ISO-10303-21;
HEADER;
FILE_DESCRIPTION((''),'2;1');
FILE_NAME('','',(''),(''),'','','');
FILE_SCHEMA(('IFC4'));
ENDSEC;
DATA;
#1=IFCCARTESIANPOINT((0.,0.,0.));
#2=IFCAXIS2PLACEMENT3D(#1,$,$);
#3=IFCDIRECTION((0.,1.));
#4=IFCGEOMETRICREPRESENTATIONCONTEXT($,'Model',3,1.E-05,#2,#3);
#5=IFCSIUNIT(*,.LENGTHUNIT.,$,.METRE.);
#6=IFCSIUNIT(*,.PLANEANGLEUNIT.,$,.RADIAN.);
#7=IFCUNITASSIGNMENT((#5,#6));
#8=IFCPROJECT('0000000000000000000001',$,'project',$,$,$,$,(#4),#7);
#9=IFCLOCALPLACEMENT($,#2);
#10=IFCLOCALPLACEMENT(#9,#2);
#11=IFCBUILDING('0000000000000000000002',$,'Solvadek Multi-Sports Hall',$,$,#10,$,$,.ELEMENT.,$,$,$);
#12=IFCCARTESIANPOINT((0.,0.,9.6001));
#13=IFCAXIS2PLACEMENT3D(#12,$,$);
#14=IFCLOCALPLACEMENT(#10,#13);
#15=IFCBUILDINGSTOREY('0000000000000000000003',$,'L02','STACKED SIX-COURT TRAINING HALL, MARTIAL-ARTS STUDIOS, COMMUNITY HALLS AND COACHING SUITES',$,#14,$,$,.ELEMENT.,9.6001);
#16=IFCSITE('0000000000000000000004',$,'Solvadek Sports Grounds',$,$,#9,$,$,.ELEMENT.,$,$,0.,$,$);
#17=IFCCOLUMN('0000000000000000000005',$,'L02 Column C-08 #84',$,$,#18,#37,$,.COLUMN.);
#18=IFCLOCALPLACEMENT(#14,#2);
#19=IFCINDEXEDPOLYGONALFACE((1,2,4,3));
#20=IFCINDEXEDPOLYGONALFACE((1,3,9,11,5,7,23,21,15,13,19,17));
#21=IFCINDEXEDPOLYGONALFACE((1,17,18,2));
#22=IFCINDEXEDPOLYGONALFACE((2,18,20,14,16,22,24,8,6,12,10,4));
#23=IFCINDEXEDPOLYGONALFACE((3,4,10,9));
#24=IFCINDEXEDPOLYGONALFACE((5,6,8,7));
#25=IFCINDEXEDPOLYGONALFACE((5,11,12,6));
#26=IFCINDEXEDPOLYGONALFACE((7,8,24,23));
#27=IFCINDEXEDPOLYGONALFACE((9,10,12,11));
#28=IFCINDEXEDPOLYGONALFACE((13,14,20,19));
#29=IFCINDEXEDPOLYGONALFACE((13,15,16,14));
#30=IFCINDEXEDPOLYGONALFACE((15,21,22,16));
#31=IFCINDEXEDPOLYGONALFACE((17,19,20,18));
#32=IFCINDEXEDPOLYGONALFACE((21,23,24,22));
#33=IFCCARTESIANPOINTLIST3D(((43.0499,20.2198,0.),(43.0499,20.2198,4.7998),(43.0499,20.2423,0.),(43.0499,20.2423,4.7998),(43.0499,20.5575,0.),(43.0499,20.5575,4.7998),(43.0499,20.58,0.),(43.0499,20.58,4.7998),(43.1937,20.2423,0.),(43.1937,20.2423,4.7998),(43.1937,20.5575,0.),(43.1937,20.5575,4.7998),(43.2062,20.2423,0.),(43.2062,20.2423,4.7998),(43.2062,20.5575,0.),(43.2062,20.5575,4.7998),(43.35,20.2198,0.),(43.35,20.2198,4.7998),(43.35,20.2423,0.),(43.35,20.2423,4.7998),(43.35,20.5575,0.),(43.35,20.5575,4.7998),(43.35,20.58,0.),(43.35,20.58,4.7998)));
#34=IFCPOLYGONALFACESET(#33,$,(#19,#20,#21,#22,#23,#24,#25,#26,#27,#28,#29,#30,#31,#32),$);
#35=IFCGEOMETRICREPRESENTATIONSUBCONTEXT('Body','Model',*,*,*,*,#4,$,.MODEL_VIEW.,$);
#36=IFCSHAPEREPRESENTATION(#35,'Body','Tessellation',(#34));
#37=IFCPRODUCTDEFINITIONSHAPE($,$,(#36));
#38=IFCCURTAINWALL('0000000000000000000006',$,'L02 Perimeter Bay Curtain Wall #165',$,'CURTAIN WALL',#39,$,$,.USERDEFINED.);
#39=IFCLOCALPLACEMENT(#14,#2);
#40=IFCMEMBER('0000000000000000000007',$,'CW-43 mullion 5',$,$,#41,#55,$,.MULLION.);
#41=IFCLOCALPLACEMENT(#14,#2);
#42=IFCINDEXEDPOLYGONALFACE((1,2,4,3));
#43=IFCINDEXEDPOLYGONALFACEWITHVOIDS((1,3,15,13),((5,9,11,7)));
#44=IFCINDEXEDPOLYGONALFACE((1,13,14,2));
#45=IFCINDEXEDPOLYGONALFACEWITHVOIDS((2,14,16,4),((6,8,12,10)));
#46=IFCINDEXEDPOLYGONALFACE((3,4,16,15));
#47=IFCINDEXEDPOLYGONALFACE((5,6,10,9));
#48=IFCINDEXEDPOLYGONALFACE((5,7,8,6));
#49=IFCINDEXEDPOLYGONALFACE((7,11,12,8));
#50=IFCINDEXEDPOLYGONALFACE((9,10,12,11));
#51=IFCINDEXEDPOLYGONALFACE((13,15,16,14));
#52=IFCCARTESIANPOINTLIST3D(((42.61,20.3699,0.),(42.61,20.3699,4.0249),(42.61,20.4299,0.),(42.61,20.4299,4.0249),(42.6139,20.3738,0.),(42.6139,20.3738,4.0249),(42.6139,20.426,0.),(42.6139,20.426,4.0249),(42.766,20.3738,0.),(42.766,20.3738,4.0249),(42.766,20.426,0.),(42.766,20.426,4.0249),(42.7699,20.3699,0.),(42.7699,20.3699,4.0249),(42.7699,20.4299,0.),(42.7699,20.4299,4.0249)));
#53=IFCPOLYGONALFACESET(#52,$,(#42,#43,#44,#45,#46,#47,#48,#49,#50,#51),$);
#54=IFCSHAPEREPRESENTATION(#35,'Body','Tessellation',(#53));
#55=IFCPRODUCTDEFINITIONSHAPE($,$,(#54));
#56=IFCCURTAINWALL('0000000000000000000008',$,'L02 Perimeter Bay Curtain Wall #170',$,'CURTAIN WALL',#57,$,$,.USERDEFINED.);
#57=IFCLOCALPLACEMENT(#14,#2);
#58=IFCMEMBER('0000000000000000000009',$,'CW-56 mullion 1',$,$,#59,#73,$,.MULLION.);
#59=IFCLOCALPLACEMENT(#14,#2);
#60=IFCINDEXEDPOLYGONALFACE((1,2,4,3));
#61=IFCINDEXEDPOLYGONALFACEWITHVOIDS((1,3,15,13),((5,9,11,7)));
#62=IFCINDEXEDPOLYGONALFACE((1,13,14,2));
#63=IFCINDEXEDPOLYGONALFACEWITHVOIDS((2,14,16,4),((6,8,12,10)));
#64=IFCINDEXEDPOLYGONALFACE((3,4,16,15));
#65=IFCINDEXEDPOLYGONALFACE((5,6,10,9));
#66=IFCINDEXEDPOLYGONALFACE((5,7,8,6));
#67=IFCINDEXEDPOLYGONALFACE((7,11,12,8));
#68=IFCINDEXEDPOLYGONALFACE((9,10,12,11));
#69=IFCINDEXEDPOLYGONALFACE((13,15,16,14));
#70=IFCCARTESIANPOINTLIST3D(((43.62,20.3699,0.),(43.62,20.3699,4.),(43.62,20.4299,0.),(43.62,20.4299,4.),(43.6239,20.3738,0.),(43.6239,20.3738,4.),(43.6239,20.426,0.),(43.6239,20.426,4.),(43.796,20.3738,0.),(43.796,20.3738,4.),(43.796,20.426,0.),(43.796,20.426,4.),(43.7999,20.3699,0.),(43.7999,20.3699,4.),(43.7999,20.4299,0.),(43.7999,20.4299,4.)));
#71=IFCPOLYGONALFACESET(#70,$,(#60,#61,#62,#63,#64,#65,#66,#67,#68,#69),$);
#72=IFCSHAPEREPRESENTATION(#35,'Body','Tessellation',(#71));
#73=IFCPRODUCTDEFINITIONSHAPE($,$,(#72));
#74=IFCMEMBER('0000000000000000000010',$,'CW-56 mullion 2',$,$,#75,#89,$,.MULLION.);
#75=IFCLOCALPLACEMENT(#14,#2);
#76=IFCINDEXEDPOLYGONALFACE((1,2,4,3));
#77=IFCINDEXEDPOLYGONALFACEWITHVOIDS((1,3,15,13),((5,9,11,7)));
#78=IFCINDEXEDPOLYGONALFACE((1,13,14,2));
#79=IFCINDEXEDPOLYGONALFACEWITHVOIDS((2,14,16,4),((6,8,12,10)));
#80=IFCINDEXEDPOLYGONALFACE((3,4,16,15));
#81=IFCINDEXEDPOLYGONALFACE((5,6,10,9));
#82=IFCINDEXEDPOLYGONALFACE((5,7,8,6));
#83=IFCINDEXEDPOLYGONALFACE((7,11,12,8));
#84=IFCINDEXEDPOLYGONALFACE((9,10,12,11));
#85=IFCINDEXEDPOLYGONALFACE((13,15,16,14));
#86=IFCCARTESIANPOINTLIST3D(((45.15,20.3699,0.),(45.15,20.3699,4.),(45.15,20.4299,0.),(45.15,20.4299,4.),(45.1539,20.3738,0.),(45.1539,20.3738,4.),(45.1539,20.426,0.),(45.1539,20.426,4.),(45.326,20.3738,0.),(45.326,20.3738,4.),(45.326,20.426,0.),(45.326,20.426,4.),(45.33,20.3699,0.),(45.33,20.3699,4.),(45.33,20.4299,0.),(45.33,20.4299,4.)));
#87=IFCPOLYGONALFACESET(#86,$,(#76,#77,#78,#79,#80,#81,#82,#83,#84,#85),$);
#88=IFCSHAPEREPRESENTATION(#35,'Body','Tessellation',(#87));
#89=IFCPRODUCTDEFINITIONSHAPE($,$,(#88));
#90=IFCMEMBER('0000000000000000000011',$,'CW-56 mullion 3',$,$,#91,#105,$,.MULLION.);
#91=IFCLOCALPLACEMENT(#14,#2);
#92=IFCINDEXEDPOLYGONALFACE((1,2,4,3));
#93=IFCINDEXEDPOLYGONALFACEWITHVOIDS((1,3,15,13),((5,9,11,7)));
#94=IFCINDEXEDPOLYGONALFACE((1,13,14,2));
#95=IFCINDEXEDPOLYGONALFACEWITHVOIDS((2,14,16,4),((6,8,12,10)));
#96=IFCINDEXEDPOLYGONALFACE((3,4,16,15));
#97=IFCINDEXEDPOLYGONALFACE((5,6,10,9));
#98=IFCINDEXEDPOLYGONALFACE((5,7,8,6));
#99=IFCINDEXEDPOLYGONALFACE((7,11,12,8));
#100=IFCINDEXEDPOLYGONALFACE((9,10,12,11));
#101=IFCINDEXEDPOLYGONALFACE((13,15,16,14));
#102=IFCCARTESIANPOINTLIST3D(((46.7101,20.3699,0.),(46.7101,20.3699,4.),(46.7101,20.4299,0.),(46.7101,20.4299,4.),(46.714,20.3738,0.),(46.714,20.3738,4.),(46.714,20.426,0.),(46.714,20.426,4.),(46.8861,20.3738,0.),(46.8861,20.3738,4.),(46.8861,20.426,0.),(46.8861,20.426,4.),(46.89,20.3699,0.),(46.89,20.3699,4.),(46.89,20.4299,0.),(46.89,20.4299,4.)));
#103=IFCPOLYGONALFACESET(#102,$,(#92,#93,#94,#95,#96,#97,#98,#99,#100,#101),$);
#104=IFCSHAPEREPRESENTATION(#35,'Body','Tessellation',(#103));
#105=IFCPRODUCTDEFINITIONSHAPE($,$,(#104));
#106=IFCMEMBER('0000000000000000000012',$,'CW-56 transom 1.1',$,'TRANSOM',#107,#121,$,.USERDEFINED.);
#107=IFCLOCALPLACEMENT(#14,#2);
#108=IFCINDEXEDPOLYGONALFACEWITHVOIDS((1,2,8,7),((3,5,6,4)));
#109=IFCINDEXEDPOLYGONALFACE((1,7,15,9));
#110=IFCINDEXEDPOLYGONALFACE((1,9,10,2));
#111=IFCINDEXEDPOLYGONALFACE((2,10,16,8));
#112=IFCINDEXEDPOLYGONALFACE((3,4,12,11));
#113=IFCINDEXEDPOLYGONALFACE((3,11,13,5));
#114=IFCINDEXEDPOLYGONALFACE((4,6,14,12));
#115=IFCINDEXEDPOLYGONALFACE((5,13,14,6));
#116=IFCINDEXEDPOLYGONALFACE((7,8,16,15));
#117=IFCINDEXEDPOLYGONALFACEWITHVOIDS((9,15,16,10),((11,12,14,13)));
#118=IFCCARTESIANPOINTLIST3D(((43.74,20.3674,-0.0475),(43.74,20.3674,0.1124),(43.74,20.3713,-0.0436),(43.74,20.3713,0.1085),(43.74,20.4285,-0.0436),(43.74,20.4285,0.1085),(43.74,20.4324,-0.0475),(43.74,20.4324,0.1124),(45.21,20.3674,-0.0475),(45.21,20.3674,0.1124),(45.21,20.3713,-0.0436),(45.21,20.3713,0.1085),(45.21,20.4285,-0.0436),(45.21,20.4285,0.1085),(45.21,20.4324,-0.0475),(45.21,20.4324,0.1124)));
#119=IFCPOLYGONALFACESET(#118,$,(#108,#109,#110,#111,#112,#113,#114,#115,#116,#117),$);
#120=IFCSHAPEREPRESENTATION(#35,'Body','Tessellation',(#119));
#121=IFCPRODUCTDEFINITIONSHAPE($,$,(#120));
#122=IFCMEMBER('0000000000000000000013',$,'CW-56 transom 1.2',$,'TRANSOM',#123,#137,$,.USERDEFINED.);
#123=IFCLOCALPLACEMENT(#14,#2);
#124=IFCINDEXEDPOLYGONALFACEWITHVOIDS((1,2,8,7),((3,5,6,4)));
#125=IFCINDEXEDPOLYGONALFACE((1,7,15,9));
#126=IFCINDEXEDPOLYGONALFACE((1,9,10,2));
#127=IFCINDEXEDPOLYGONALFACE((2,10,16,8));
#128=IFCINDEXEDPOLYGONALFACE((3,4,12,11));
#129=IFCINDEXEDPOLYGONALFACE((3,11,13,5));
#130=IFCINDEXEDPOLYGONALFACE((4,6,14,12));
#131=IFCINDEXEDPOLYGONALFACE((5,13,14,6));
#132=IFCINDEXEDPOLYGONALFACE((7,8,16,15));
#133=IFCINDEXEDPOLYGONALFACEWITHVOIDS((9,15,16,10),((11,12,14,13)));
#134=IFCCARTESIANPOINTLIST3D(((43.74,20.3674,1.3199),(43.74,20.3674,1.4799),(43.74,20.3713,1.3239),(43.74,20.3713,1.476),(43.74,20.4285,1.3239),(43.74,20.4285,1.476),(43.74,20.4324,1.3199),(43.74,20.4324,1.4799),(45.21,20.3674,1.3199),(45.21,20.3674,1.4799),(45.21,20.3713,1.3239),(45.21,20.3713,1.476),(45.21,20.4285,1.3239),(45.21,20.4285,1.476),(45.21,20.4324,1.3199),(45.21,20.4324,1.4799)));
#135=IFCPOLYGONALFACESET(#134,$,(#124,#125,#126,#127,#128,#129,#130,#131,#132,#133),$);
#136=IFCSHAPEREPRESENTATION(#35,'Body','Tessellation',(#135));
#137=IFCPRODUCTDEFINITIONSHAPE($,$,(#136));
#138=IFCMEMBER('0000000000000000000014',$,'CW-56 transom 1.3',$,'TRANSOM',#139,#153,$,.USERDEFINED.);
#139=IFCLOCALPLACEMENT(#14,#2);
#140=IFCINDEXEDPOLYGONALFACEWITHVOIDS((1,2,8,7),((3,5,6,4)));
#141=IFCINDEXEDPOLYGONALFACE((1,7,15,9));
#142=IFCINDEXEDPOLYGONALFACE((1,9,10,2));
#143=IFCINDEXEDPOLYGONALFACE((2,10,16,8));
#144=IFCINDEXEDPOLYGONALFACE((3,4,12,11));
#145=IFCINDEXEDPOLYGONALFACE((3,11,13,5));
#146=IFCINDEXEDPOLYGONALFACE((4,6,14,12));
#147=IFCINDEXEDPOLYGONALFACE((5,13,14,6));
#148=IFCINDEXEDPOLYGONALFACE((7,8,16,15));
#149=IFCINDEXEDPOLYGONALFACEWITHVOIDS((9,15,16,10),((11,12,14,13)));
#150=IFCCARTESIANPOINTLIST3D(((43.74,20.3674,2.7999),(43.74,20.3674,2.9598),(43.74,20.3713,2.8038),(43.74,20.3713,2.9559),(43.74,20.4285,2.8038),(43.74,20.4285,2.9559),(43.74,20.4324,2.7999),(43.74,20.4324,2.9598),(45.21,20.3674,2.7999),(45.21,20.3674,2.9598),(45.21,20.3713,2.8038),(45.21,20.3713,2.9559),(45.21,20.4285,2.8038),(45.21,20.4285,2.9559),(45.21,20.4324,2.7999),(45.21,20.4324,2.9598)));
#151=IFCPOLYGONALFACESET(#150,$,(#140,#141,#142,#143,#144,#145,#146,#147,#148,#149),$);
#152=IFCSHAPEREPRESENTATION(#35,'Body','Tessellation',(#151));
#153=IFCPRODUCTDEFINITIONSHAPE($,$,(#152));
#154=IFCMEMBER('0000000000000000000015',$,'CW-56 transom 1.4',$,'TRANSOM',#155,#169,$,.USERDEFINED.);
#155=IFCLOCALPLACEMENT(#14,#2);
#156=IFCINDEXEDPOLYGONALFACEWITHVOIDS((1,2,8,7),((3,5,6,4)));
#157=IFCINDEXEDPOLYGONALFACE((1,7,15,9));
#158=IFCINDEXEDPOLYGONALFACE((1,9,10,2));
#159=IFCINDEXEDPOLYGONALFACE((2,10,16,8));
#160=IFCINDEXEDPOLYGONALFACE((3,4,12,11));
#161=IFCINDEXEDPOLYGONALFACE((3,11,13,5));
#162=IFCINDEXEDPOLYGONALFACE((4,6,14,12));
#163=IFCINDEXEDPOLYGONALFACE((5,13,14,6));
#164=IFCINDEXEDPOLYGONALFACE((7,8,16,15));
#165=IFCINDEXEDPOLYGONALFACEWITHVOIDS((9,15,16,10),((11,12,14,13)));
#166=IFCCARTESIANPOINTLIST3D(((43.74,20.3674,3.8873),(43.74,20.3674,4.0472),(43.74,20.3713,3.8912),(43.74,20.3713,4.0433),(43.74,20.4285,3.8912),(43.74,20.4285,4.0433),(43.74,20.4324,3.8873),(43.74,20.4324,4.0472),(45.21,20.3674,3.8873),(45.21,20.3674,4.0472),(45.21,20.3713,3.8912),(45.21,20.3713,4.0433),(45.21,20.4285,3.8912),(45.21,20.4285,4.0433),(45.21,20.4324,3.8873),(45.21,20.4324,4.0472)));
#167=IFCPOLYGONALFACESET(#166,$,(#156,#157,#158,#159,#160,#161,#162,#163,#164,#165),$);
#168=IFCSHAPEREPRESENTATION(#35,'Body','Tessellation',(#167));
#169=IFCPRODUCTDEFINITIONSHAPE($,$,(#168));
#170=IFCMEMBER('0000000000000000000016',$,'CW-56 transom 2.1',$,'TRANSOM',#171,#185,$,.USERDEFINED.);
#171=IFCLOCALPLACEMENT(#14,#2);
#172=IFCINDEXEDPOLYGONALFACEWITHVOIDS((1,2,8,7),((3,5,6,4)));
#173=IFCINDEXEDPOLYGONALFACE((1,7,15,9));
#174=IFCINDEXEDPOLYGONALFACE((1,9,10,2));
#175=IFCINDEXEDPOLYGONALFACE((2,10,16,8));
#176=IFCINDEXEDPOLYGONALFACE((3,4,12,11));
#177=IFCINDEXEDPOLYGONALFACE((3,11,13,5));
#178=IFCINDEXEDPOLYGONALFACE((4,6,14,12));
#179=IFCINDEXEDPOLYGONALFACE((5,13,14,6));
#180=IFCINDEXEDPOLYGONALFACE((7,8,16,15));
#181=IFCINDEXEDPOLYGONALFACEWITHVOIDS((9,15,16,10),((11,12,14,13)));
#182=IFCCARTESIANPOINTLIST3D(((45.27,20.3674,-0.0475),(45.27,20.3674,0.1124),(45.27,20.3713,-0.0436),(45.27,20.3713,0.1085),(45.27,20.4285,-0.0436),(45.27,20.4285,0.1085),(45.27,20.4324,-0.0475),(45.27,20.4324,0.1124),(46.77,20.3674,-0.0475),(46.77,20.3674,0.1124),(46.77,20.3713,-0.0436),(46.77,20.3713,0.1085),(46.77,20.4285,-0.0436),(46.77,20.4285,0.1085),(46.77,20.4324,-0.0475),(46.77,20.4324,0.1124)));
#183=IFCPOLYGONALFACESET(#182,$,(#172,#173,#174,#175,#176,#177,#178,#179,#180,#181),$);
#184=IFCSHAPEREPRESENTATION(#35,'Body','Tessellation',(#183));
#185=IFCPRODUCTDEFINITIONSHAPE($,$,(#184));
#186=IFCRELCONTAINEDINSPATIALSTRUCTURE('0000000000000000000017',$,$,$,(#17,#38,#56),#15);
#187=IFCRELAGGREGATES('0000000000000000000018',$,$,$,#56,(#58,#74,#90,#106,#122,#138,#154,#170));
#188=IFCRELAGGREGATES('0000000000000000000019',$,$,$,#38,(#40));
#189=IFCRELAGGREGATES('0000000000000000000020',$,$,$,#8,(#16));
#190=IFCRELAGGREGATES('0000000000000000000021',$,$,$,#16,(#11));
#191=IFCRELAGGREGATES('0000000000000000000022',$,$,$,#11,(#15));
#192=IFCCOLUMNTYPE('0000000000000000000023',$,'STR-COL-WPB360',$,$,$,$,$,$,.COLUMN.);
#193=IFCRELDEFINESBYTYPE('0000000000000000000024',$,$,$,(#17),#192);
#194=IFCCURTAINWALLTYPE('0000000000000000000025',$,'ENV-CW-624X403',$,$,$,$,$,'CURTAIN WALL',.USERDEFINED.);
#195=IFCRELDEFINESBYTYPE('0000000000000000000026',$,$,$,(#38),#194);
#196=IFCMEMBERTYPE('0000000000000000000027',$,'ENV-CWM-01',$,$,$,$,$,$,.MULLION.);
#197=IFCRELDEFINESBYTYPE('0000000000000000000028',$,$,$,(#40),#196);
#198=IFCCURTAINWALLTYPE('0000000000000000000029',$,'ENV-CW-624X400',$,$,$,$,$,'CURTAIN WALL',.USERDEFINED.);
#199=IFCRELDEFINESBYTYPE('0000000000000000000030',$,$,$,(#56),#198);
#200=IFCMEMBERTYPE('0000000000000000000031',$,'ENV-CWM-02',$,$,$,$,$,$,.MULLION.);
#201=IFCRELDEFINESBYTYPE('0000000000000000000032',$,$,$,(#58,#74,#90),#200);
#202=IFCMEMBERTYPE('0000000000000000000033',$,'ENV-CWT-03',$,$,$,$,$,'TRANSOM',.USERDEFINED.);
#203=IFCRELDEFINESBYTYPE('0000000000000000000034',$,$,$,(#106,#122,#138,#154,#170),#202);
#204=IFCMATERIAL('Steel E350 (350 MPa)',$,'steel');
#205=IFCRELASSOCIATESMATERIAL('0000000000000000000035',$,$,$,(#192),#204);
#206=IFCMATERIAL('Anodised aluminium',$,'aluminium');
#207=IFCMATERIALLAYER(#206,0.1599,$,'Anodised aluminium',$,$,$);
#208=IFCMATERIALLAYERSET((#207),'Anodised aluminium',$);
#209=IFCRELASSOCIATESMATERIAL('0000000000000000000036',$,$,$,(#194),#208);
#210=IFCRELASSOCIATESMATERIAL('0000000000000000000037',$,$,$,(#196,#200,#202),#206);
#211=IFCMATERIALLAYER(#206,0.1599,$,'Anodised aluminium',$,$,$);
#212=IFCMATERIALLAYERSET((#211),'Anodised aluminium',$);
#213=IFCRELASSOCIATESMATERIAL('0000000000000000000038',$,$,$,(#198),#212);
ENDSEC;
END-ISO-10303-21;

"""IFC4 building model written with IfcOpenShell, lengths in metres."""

from ifc_helpers import new_model, si_unit, direction, frame, origin, origin_2d, place, context, subcontext, project, spatial, hollow_rectangle, i_section, extrude, material, layer, layer_set, material_profile, profile_set, type_object, element, aggregate, save


model = new_model("IFC4")

# Units and contexts
model_context = context("Model", 3, precision=1e-05, world=origin(), true_north=direction((0.0, 1.0)))
body_context = subcontext(model_context, "Body", "Model", "MODEL_VIEW")
ifc_project = project(units=[si_unit("LENGTHUNIT", "METRE"), si_unit("PLANEANGLEUNIT", "RADIAN")], contexts=[model_context])

# Site, building, storey
site_placement = place(None, origin())
site = spatial("IfcSite", under=ifc_project, at=site_placement, Name="Solvadek Sports Grounds", CompositionType="ELEMENT", RefElevation=0.0)
building_placement = place(site_placement, origin())
building = spatial("IfcBuilding", under=site, at=building_placement, Name="Solvadek Multi-Sports Hall", CompositionType="ELEMENT")
storey_placement = place(building_placement, frame((0.0, 0.0, 9.6001)))
storey = spatial("IfcBuildingStorey", under=building, at=storey_placement, Name="L02", Description="STACKED SIX-COURT TRAINING HALL, MARTIAL-ARTS STUDIOS, COMMUNITY HALLS AND COACHING SUITES", CompositionType="ELEMENT", Elevation=9.6001)

# Column
ifc_material_1 = material(Name="Steel E350 (350 MPa)", Category="steel")
ifc_material_profile_1 = material_profile(ifc_material_1, i_section(OverallWidth=0.3, OverallDepth=0.3601, WebThickness=0.0125, FlangeThickness=0.0225, at=origin_2d()), Name="WPB 360")
ifc_profile_set_1 = profile_set([ifc_material_profile_1], Name="Steel E350 (350 MPa)")
column_type = type_object("IfcColumnType", Name="STR-COL-WPB360", PredefinedType="COLUMN", material=ifc_profile_set_1)
column_placement = place(storey_placement, frame((43.2, 20.3999, 0.0), z_axis=(0.0, 0.0, 1.0), x_axis=(1.0, 0.0, 0.0)))
element("IfcColumn", 1, at=column_placement, inside=storey, type_object=column_type, Name="L02 Column C-08 #84", PredefinedType="COLUMN", context=body_context, shape_type="SweptSolid", body=[
    extrude(i_section(OverallWidth=0.3, OverallDepth=0.3601, WebThickness=0.0125, FlangeThickness=0.0225, at=origin_2d()), origin(), (0.0, 0.0, 1.0), 4.7998),
])

# Curtain wall, member
ifc_material_2 = material(Name="Anodised aluminium", Category="aluminium")
ifc_layer_1 = layer(ifc_material_2, 0.1599, Name="Anodised aluminium")
ifc_layer_set_1 = layer_set([ifc_layer_1], Name="Anodised aluminium")
curtain_wall_type_1 = type_object("IfcCurtainWallType", Name="ENV-CW-624X403", ElementType="CURTAIN WALL", PredefinedType="USERDEFINED", material=ifc_layer_set_1)
curtain_wall_1_placement = place(storey_placement, origin())
curtain_wall_1 = element("IfcCurtainWall", 2, at=curtain_wall_1_placement, inside=storey, type_object=curtain_wall_type_1, Name="L02 Perimeter Bay Curtain Wall #165", ObjectType="CURTAIN WALL", PredefinedType="USERDEFINED")
ifc_material_profile_2 = material_profile(ifc_material_2, hollow_rectangle(XDim=0.0601, YDim=0.1599, WallThickness=0.0039, at=origin_2d()), Name="ALU-M 160x60x4")
ifc_profile_set_2 = profile_set([ifc_material_profile_2], Name="Anodised aluminium")
member_type_1 = type_object("IfcMemberType", Name="ENV-CWM-01", PredefinedType="MULLION", material=ifc_profile_set_2)
member_1_placement = place(storey_placement, frame((42.6899, 20.3999, 0.0), z_axis=(0.0, 0.0, 1.0), x_axis=(0.0, 1.0, 0.0)))
member_1 = element("IfcMember", 3, at=member_1_placement, type_object=member_type_1, Name="CW-43 mullion 5", PredefinedType="MULLION", context=body_context, shape_type="SweptSolid", body=[
    extrude(hollow_rectangle(XDim=0.0601, YDim=0.1599, WallThickness=0.0039, at=origin_2d()), origin(), (0.0, 0.0, 1.0), 4.0249),
])

# Curtain wall, members
ifc_layer_2 = layer(ifc_material_2, 0.1599, Name="Anodised aluminium")
ifc_layer_set_2 = layer_set([ifc_layer_2], Name="Anodised aluminium")
curtain_wall_type_2 = type_object("IfcCurtainWallType", Name="ENV-CW-624X400", ElementType="CURTAIN WALL", PredefinedType="USERDEFINED", material=ifc_layer_set_2)
curtain_wall_2_placement = place(storey_placement, origin())
curtain_wall_2 = element("IfcCurtainWall", 4, at=curtain_wall_2_placement, inside=storey, type_object=curtain_wall_type_2, Name="L02 Perimeter Bay Curtain Wall #170", ObjectType="CURTAIN WALL", PredefinedType="USERDEFINED")
ifc_material_profile_3 = material_profile(ifc_material_2, hollow_rectangle(XDim=0.0601, YDim=0.1799, WallThickness=0.0039, at=origin_2d()), Name="ALU-M 180x60x4")
ifc_profile_set_3 = profile_set([ifc_material_profile_3], Name="Anodised aluminium")
member_type_2 = type_object("IfcMemberType", Name="ENV-CWM-02", PredefinedType="MULLION", material=ifc_profile_set_3)
member_2_placement = place(storey_placement, frame((43.71, 20.3999, 0.0), z_axis=(0.0, 0.0, 1.0), x_axis=(0.0, 1.0, 0.0)))
member_2 = element("IfcMember", 5, at=member_2_placement, type_object=member_type_2, Name="CW-56 mullion 1", PredefinedType="MULLION", context=body_context, shape_type="SweptSolid", body=[
    extrude(hollow_rectangle(XDim=0.0601, YDim=0.1799, WallThickness=0.0039, at=origin_2d()), origin(), (0.0, 0.0, 1.0), 4.0),
])
member_3_placement = place(storey_placement, frame((45.24, 20.3999, 0.0), z_axis=(0.0, 0.0, 1.0), x_axis=(0.0, 1.0, 0.0)))
member_3 = element("IfcMember", 6, at=member_3_placement, type_object=member_type_2, Name="CW-56 mullion 2", PredefinedType="MULLION", context=body_context, shape_type="SweptSolid", body=[
    extrude(hollow_rectangle(XDim=0.0601, YDim=0.1799, WallThickness=0.0039, at=origin_2d()), origin(), (0.0, 0.0, 1.0), 4.0),
])
member_4_placement = place(storey_placement, frame((46.8, 20.3999, 0.0), z_axis=(0.0, 0.0, 1.0), x_axis=(0.0, 1.0, 0.0)))
member_4 = element("IfcMember", 7, at=member_4_placement, type_object=member_type_2, Name="CW-56 mullion 3", PredefinedType="MULLION", context=body_context, shape_type="SweptSolid", body=[
    extrude(hollow_rectangle(XDim=0.0601, YDim=0.1799, WallThickness=0.0039, at=origin_2d()), origin(), (0.0, 0.0, 1.0), 4.0),
])
ifc_material_profile_4 = material_profile(ifc_material_2, hollow_rectangle(XDim=0.0649, YDim=0.1599, WallThickness=0.0039, at=origin_2d()), Name="ALU-T 160x65x4")
ifc_profile_set_4 = profile_set([ifc_material_profile_4], Name="Anodised aluminium")
member_type_3 = type_object("IfcMemberType", Name="ENV-CWT-03", ElementType="TRANSOM", PredefinedType="USERDEFINED", material=ifc_profile_set_4)
member_5_placement = place(storey_placement, frame((43.74, 20.3999, 0.0325), z_axis=(1.0, 0.0, 0.0), x_axis=(0.0, 1.0, 0.0)))
member_5 = element("IfcMember", 8, at=member_5_placement, type_object=member_type_3, Name="CW-56 transom 1.1", ObjectType="TRANSOM", PredefinedType="USERDEFINED", context=body_context, shape_type="SweptSolid", body=[
    extrude(hollow_rectangle(XDim=0.0649, YDim=0.1599, WallThickness=0.0039, at=origin_2d()), origin(), (0.0, 0.0, 1.0), 1.47),
])
member_6_placement = place(storey_placement, frame((43.74, 20.3999, 1.3999), z_axis=(1.0, 0.0, 0.0), x_axis=(0.0, 1.0, 0.0)))
member_6 = element("IfcMember", 9, at=member_6_placement, type_object=member_type_3, Name="CW-56 transom 1.2", ObjectType="TRANSOM", PredefinedType="USERDEFINED", context=body_context, shape_type="SweptSolid", body=[
    extrude(hollow_rectangle(XDim=0.0649, YDim=0.1599, WallThickness=0.0039, at=origin_2d()), origin(), (0.0, 0.0, 1.0), 1.47),
])
member_7_placement = place(storey_placement, frame((43.74, 20.3999, 2.8799), z_axis=(1.0, 0.0, 0.0), x_axis=(0.0, 1.0, 0.0)))
member_7 = element("IfcMember", 10, at=member_7_placement, type_object=member_type_3, Name="CW-56 transom 1.3", ObjectType="TRANSOM", PredefinedType="USERDEFINED", context=body_context, shape_type="SweptSolid", body=[
    extrude(hollow_rectangle(XDim=0.0649, YDim=0.1599, WallThickness=0.0039, at=origin_2d()), origin(), (0.0, 0.0, 1.0), 1.47),
])
member_8_placement = place(storey_placement, frame((43.74, 20.3999, 3.9673), z_axis=(1.0, 0.0, 0.0), x_axis=(0.0, 1.0, 0.0)))
member_8 = element("IfcMember", 11, at=member_8_placement, type_object=member_type_3, Name="CW-56 transom 1.4", ObjectType="TRANSOM", PredefinedType="USERDEFINED", context=body_context, shape_type="SweptSolid", body=[
    extrude(hollow_rectangle(XDim=0.0649, YDim=0.1599, WallThickness=0.0039, at=origin_2d()), origin(), (0.0, 0.0, 1.0), 1.47),
])
member_9_placement = place(storey_placement, frame((45.27, 20.3999, 0.0325), z_axis=(1.0, 0.0, 0.0), x_axis=(0.0, 1.0, 0.0)))
member_9 = element("IfcMember", 12, at=member_9_placement, type_object=member_type_3, Name="CW-56 transom 2.1", ObjectType="TRANSOM", PredefinedType="USERDEFINED", context=body_context, shape_type="SweptSolid", body=[
    extrude(hollow_rectangle(XDim=0.0649, YDim=0.1599, WallThickness=0.0039, at=origin_2d()), origin(), (0.0, 0.0, 1.0), 1.5),
])

aggregate(curtain_wall_2, [member_2, member_3, member_4, member_5, member_6, member_7, member_8, member_9])
aggregate(curtain_wall_1, [member_1])

save(model, "model.ifc")
